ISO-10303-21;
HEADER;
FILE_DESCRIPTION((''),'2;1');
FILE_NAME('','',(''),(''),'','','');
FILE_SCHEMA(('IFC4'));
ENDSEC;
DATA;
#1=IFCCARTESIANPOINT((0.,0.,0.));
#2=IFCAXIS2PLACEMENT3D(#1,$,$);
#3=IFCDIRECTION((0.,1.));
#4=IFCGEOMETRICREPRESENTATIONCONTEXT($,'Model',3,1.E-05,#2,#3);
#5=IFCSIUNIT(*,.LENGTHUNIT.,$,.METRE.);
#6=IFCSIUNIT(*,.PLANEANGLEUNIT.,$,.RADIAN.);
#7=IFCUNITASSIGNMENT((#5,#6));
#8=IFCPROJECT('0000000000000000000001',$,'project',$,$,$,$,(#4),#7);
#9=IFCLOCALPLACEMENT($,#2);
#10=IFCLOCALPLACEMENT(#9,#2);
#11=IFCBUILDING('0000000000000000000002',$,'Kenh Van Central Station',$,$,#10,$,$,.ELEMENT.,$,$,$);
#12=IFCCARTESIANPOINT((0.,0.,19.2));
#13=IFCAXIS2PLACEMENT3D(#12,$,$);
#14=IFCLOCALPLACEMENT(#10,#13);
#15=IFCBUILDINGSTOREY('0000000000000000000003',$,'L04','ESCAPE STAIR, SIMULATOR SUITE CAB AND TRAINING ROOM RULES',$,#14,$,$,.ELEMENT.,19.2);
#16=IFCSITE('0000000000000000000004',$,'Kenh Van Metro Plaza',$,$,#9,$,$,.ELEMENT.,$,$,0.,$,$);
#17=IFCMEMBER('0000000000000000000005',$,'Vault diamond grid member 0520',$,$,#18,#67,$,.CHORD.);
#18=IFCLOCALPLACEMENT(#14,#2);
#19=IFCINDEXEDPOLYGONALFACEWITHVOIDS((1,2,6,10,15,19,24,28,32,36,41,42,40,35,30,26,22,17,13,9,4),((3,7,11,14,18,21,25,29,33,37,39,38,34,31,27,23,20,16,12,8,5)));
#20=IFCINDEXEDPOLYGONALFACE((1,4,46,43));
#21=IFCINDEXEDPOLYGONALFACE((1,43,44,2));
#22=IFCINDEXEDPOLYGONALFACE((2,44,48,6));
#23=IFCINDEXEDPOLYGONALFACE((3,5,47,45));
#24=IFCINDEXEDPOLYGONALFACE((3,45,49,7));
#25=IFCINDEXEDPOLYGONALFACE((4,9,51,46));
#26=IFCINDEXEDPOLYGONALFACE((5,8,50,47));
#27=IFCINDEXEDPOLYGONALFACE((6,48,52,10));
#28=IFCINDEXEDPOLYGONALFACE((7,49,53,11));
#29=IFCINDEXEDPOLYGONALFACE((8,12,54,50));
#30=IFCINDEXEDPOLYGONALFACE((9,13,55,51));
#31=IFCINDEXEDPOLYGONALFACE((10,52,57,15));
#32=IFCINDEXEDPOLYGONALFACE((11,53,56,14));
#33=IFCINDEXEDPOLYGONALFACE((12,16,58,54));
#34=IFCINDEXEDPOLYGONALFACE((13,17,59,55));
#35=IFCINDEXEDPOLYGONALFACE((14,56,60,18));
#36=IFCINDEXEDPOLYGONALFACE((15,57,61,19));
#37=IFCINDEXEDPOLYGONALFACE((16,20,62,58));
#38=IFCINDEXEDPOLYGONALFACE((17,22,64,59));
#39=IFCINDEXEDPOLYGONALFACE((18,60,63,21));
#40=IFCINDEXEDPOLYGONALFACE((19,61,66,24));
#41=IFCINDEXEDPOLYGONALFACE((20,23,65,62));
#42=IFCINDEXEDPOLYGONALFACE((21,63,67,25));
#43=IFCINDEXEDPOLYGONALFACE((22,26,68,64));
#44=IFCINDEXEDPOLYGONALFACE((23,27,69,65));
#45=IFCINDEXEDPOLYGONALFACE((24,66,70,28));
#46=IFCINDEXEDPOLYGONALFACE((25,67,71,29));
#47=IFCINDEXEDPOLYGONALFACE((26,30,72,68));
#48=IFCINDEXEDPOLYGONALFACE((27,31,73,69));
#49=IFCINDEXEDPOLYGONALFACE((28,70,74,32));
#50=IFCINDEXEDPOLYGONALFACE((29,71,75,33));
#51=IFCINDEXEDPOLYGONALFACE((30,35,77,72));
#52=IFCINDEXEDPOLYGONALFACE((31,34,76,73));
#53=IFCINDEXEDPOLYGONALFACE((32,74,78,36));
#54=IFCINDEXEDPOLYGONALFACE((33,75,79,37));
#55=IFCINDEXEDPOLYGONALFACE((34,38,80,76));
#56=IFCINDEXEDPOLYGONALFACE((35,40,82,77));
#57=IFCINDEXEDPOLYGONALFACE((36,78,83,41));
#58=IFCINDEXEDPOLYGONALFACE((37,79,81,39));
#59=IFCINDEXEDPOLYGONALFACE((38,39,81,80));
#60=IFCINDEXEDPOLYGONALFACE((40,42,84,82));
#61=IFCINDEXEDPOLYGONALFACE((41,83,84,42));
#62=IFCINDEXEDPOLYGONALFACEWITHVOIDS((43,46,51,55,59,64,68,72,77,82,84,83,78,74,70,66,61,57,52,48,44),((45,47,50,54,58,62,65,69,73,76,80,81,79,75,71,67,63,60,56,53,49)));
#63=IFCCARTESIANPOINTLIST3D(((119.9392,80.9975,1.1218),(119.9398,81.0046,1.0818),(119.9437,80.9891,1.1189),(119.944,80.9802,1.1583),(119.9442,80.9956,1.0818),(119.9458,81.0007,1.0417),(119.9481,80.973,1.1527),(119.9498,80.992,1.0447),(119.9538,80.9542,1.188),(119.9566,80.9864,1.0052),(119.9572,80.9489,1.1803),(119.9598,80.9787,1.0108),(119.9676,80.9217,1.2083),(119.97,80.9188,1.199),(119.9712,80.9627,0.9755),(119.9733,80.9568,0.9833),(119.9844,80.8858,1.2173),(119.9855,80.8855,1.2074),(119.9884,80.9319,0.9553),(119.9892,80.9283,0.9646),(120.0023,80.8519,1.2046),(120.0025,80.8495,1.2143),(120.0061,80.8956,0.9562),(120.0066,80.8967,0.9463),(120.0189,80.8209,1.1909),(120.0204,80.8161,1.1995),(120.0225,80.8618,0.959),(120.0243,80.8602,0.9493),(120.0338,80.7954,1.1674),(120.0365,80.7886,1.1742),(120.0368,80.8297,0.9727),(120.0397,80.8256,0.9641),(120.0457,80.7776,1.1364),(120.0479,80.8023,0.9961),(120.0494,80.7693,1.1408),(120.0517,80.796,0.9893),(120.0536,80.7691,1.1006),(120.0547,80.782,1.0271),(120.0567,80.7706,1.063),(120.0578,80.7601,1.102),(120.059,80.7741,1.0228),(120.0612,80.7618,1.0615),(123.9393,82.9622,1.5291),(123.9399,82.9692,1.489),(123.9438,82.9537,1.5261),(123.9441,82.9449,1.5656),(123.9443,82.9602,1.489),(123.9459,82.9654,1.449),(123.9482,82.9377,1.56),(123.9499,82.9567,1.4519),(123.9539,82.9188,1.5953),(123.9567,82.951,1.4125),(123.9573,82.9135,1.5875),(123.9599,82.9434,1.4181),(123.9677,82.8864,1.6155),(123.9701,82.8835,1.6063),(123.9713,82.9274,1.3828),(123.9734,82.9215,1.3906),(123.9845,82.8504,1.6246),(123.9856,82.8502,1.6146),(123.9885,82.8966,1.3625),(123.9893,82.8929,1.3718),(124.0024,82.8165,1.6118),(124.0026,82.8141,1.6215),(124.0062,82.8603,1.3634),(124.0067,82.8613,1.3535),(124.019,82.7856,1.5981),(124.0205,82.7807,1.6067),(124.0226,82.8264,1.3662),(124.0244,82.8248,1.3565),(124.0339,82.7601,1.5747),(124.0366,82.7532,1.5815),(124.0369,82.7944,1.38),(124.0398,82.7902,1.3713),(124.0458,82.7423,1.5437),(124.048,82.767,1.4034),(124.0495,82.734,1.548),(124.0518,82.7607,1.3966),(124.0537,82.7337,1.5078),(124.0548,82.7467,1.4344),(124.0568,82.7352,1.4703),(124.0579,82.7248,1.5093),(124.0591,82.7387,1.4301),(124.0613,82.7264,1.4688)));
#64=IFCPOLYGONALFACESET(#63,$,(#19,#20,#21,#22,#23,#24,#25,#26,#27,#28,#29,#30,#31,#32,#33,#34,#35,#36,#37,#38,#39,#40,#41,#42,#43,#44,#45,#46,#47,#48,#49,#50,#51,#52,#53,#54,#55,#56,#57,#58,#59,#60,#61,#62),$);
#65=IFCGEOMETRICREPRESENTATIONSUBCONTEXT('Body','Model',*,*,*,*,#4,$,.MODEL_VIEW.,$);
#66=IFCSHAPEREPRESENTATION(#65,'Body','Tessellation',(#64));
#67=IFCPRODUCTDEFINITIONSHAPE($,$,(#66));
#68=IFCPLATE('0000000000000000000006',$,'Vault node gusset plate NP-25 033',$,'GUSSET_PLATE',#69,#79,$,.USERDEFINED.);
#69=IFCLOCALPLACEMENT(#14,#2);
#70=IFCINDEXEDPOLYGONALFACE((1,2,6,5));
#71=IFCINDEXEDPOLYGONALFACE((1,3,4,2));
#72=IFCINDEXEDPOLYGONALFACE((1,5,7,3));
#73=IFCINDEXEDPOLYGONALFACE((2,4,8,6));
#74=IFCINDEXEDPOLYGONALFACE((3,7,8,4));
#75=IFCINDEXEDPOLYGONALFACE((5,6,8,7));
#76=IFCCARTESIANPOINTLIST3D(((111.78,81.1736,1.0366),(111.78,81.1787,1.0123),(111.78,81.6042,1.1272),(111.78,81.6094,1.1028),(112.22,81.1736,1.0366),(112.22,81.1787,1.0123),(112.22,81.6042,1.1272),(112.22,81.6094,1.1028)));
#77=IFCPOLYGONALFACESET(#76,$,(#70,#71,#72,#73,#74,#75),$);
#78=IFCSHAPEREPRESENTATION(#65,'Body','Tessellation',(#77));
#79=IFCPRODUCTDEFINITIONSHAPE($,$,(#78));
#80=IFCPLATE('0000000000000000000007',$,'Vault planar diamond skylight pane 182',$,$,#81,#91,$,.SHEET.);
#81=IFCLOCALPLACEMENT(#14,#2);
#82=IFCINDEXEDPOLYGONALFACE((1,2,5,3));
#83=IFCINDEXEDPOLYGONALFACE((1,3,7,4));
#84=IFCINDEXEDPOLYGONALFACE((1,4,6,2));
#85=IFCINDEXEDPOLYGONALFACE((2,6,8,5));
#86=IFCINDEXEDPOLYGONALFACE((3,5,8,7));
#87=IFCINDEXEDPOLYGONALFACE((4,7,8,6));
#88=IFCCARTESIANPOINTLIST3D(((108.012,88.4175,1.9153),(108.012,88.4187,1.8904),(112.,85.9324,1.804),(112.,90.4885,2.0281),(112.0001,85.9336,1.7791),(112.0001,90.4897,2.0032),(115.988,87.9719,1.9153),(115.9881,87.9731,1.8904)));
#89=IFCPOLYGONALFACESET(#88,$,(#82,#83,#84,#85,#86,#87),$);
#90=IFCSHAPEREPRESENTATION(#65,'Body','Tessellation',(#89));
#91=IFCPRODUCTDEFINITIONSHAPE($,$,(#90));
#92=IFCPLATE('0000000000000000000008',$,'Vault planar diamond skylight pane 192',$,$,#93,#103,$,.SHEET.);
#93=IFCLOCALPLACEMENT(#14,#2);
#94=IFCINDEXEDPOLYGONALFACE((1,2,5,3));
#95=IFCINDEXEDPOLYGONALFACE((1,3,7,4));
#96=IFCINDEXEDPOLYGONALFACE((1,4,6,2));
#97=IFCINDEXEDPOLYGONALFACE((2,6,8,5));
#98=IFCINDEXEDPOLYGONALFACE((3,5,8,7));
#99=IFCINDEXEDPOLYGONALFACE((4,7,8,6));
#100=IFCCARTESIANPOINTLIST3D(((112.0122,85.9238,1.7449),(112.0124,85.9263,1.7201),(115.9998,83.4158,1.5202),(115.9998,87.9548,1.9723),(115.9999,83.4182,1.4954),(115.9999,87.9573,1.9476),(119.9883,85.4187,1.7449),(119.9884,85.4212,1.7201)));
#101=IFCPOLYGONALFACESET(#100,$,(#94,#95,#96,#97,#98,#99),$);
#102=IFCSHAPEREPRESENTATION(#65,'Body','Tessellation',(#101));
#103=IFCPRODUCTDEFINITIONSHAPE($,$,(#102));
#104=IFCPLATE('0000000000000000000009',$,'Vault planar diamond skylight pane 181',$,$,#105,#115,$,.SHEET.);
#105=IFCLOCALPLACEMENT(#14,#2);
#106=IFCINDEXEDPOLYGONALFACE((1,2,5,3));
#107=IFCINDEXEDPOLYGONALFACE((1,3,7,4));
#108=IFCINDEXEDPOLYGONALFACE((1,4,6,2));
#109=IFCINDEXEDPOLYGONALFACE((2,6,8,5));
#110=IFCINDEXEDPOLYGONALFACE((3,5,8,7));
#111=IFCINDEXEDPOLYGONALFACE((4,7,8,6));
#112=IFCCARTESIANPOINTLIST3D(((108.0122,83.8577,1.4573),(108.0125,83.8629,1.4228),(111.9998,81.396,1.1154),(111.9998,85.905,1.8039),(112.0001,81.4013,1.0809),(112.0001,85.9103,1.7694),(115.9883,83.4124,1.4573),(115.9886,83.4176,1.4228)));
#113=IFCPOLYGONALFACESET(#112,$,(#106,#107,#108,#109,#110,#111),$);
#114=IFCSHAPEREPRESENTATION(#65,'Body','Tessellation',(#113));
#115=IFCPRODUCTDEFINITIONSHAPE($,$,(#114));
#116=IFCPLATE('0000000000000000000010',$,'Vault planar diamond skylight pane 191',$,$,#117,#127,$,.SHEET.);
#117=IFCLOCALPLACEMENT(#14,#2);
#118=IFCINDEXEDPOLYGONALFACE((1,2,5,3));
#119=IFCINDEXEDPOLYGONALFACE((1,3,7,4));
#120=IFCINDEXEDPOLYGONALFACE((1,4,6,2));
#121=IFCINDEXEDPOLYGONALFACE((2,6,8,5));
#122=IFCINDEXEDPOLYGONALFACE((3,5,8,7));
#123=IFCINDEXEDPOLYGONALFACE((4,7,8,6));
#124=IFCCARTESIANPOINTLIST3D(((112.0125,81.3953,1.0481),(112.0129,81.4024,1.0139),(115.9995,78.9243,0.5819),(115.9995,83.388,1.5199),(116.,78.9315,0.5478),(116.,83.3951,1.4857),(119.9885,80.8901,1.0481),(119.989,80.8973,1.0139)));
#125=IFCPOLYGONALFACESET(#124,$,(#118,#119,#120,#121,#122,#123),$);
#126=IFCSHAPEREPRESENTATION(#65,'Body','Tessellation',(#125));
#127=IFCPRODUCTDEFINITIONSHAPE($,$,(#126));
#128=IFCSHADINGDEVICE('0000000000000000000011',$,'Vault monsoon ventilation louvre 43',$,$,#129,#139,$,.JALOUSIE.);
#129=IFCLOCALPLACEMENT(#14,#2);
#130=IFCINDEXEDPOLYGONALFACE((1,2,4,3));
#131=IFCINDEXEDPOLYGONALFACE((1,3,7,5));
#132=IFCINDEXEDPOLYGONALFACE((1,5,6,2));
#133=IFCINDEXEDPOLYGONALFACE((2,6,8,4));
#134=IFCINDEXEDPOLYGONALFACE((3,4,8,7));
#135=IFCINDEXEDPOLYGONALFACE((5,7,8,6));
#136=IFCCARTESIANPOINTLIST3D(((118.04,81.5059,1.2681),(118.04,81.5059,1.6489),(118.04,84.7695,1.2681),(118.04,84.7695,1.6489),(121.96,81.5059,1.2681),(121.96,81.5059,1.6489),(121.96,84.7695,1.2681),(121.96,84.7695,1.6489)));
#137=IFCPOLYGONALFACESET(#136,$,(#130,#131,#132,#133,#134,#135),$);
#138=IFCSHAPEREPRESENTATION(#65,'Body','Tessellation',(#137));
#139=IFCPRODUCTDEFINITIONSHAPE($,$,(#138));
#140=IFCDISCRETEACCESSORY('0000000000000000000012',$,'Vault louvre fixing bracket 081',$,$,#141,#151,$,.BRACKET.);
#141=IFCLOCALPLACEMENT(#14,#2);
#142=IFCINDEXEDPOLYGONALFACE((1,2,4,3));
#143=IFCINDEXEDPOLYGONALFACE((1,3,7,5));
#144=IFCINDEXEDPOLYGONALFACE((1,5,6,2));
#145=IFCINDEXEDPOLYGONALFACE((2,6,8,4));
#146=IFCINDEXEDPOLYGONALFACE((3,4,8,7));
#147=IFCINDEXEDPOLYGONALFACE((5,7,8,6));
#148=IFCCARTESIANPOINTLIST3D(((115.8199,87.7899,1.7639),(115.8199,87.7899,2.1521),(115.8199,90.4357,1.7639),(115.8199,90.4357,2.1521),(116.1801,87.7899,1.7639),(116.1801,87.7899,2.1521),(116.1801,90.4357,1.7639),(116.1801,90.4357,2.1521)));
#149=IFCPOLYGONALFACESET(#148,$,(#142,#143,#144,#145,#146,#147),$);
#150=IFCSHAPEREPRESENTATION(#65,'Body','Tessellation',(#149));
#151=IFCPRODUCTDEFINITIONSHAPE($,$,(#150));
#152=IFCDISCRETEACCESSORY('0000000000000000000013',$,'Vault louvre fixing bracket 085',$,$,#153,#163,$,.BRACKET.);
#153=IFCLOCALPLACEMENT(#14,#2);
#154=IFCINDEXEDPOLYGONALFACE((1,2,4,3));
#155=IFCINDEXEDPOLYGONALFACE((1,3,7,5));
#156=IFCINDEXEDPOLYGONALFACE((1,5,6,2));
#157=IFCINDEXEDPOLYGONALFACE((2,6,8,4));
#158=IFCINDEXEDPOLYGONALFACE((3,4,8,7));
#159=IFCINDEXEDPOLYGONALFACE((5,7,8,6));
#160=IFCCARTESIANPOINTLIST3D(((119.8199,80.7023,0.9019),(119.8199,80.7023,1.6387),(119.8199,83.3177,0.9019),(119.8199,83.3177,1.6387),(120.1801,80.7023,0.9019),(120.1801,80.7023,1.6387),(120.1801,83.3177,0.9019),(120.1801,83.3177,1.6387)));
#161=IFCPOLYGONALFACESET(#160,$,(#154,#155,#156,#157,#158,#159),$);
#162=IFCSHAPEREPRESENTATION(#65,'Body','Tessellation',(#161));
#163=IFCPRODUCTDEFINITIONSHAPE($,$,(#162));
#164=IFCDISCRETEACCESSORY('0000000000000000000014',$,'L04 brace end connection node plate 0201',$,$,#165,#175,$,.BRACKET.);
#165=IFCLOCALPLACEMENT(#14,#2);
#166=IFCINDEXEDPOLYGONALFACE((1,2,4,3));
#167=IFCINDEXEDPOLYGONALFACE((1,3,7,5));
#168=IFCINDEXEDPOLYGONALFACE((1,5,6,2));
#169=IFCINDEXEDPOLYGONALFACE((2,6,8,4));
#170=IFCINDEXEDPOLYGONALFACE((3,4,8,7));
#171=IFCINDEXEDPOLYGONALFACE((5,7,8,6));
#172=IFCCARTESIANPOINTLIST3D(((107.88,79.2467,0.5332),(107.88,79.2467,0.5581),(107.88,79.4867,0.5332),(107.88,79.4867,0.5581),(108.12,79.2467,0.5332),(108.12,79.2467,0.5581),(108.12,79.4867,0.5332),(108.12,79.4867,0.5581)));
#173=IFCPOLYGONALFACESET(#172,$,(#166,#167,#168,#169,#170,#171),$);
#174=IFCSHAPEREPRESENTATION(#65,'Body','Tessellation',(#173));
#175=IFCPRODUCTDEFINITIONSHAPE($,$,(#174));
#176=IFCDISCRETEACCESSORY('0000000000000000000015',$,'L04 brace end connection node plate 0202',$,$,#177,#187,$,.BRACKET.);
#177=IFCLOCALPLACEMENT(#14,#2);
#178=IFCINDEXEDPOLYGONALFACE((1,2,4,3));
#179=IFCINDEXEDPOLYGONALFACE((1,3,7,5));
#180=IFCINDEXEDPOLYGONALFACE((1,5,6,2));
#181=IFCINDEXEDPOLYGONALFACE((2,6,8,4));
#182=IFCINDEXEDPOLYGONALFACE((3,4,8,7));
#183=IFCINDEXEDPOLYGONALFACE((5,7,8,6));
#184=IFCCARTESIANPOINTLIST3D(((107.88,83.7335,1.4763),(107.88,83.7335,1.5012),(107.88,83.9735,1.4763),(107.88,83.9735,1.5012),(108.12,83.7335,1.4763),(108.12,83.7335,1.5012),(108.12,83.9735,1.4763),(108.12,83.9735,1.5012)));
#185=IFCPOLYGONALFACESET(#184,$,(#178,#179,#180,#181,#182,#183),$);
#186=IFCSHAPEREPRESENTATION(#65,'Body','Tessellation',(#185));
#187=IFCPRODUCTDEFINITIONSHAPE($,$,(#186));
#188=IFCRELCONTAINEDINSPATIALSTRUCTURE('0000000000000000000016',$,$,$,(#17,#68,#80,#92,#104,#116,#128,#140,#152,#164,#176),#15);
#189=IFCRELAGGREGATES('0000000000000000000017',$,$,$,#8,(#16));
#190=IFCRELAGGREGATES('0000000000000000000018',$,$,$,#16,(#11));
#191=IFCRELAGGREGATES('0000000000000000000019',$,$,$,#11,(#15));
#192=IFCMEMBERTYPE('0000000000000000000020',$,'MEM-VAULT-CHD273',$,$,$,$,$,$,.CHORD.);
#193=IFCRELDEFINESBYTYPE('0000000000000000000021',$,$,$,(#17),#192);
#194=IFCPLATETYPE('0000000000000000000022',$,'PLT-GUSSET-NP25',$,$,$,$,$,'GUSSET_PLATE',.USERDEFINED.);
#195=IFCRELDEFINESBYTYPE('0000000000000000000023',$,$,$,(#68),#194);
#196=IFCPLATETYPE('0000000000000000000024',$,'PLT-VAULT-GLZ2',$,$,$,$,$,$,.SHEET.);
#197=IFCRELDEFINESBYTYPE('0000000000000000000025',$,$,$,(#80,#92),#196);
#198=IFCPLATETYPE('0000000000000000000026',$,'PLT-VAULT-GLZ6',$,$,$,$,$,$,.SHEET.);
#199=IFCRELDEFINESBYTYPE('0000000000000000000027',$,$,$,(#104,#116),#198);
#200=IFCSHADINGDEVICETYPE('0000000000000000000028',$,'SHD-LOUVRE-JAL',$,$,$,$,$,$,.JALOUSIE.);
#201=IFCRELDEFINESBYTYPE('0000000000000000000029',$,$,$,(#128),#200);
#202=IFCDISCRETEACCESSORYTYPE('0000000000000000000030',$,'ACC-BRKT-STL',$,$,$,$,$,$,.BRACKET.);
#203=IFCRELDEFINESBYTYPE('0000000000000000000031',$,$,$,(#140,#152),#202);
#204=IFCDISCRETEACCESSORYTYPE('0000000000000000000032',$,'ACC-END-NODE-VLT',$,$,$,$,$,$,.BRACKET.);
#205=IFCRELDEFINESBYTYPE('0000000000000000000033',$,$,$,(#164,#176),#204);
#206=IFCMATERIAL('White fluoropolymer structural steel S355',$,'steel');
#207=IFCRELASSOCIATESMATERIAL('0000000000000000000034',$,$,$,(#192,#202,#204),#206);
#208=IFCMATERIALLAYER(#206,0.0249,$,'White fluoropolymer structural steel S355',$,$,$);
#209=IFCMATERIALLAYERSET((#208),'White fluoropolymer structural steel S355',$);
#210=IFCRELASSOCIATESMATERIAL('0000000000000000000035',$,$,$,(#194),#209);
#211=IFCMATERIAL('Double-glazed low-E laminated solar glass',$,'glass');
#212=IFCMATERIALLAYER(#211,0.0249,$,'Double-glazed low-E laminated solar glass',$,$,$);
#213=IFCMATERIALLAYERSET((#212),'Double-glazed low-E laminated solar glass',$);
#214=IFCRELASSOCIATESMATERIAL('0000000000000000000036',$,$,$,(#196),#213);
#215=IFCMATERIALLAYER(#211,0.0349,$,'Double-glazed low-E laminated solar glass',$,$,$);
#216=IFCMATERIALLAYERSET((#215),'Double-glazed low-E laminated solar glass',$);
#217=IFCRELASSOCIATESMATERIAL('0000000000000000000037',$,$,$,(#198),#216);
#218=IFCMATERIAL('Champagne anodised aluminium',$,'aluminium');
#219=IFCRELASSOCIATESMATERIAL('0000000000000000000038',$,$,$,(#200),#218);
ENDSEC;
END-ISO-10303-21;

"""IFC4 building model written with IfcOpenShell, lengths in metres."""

from ifc_helpers import new_model, si_unit, direction, frame, origin, origin_2d, place, context, subcontext, project, spatial, polyline, rectangle, hollow_circle, outline, extrude, material, layer, layer_set, material_profile, profile_set, type_object, element, save


model = new_model("IFC4")

# Units and contexts
model_context = context("Model", 3, precision=1e-05, world=origin(), true_north=direction((0.0, 1.0)))
body_context = subcontext(model_context, "Body", "Model", "MODEL_VIEW")
ifc_project = project(units=[si_unit("LENGTHUNIT", "METRE"), si_unit("PLANEANGLEUNIT", "RADIAN")], contexts=[model_context])

# Site, building, storey
site_placement = place(None, origin())
site = spatial("IfcSite", under=ifc_project, at=site_placement, Name="Kenh Van Metro Plaza", CompositionType="ELEMENT", RefElevation=0.0)
building_placement = place(site_placement, origin())
building = spatial("IfcBuilding", under=site, at=building_placement, Name="Kenh Van Central Station", CompositionType="ELEMENT")
storey_placement = place(building_placement, frame((0.0, 0.0, 19.2)))
storey = spatial("IfcBuildingStorey", under=building, at=storey_placement, Name="L04", Description="ESCAPE STAIR, SIMULATOR SUITE CAB AND TRAINING ROOM RULES", CompositionType="ELEMENT", Elevation=19.2)

# Shared definitions
ifc_material_1 = material(Name="White fluoropolymer structural steel S355", Category="steel")

# Member
ifc_material_profile_1 = material_profile(ifc_material_1, hollow_circle(Radius=0.1365, WallThickness=0.01, at=origin_2d()), Name="CHS 273x10")
ifc_profile_set_1 = profile_set([ifc_material_profile_1], Name="White fluoropolymer structural steel S355")
member_type_1 = type_object("IfcMemberType", Name="MEM-VAULT-CHD273", PredefinedType="CHORD", material=ifc_profile_set_1)
member_1_placement = place(storey_placement, frame((120.0, 80.8821, 1.0818), z_axis=(0.893858, 0.439018, 0.091001), x_axis=(-0.440847, 0.897582, 0.0)))
element("IfcMember", 1, at=member_1_placement, inside=storey, type_object=member_type_1, Name="Vault diamond grid member 0520", PredefinedType="CHORD", context=body_context, shape_type="SweptSolid", body=[
    extrude(hollow_circle(Radius=0.1365, WallThickness=0.01, at=origin_2d()), origin(), (0.0, 0.0, 1.0), 4.4751),
])

# Plates
ifc_layer_1 = layer(ifc_material_1, 0.0249, Name="White fluoropolymer structural steel S355")
ifc_layer_set_1 = layer_set([ifc_layer_1], Name="White fluoropolymer structural steel S355")
plate_type_1 = type_object("IfcPlateType", Name="PLT-GUSSET-NP25", ElementType="GUSSET_PLATE", PredefinedType="USERDEFINED", material=ifc_layer_set_1)
plate_1_placement = place(storey_placement, frame((111.78, 81.1736, 1.0366), z_axis=(0.0, -0.205815, 0.978591), x_axis=(1.0, 0.0, 0.0)))
element("IfcPlate", 2, at=plate_1_placement, inside=storey, type_object=plate_type_1, Name="Vault node gusset plate NP-25 033", ObjectType="GUSSET_PLATE", PredefinedType="USERDEFINED", context=body_context, shape_type="SweptSolid", body=[
    extrude(outline(polyline([(0.0, 0.0), (0.4399, 0.0), (0.4399, 0.4401), (0.0, 0.4401), (0.0, 0.0)])), origin(), (0.0, 0.0, -1.0), 0.0249),
])
ifc_material_2 = material(Name="Double-glazed low-E laminated solar glass", Category="glass")
ifc_layer_2 = layer(ifc_material_2, 0.0249, Name="Double-glazed low-E laminated solar glass")
ifc_layer_set_2 = layer_set([ifc_layer_2], Name="Double-glazed low-E laminated solar glass")
plate_type_2 = type_object("IfcPlateType", Name="PLT-VAULT-GLZ2", PredefinedType="SHEET", material=ifc_layer_set_2)
plate_2_placement = place(storey_placement, frame((108.012, 88.4175, 1.9153), z_axis=(-0.002745, -0.049131, 0.998789), x_axis=(0.848469, -0.528716, -0.023676)))
element("IfcPlate", 3, at=plate_2_placement, inside=storey, type_object=plate_type_2, Name="Vault planar diamond skylight pane 182", PredefinedType="SHEET", context=body_context, shape_type="SweptSolid", body=[
    extrude(outline(polyline([(0.0, 0.0), (4.7003, 0.0), (7.003, 3.8437), (2.2861, 3.8704), (0.0, 0.0)])), origin(), (0.0, 0.0, -1.0), 0.0249),
])
plate_3_placement = place(storey_placement, frame((112.0122, 85.9238, 1.7449), z_axis=(-0.006277, -0.09912, 0.995056), x_axis=(0.845521, -0.531813, -0.047641)))
element("IfcPlate", 4, at=plate_3_placement, inside=storey, type_object=plate_type_2, Name="Vault planar diamond skylight pane 192", PredefinedType="SHEET", context=body_context, shape_type="SweptSolid", body=[
    extrude(outline(polyline([(0.0, 0.0), (4.7161, 0.0), (7.0126, 3.8336), (2.2806, 3.8569), (0.0, 0.0)])), origin(), (0.0, 0.0, -1.0), 0.0249),
])
ifc_layer_3 = layer(ifc_material_2, 0.0349, Name="Double-glazed low-E laminated solar glass")
ifc_layer_set_3 = layer_set([ifc_layer_3], Name="Double-glazed low-E laminated solar glass")
plate_type_3 = type_object("IfcPlateType", Name="PLT-VAULT-GLZ6", PredefinedType="SHEET", material=ifc_layer_set_3)
plate_4_placement = place(storey_placement, frame((108.0122, 83.8577, 1.4573), z_axis=(-0.008427, -0.150934, 0.988508), x_axis=(0.848661, -0.523909, -0.07276)))
element("IfcPlate", 5, at=plate_4_placement, inside=storey, type_object=plate_type_3, Name="Vault planar diamond skylight pane 181", PredefinedType="SHEET", context=body_context, shape_type="SweptSolid", body=[
    extrude(outline(polyline([(0.0, 0.0), (4.6986, 0.0), (7.0023, 3.845), (2.2862, 3.8711), (0.0, 0.0)])), origin(), (0.0, 0.0, -1.0), 0.0349),
])
plate_5_placement = place(storey_placement, frame((112.0125, 81.3953, 1.0481), z_axis=(-0.013023, -0.205632, 0.978543), x_axis=(0.845836, -0.524195, -0.098898)))
element("IfcPlate", 6, at=plate_5_placement, inside=storey, type_object=plate_type_3, Name="Vault planar diamond skylight pane 191", PredefinedType="SHEET", context=body_context, shape_type="SweptSolid", body=[
    extrude(outline(polyline([(0.0, 0.0), (4.7138, 0.0), (7.0112, 3.8361), (2.2812, 3.8583), (0.0, 0.0)])), origin(), (0.0, 0.0, -1.0), 0.0349),
])

# Shading device
ifc_material_3 = material(Name="Champagne anodised aluminium", Category="aluminium")
shading_device_type = type_object("IfcShadingDeviceType", Name="SHD-LOUVRE-JAL", PredefinedType="JALOUSIE", material=ifc_material_3)
shading_device_placement = place(storey_placement, frame((120.0, 83.1377, 1.2681), z_axis=(0.0, 0.0, 1.0), x_axis=(1.0, 0.0, 0.0)))
element("IfcShadingDevice", 7, at=shading_device_placement, inside=storey, type_object=shading_device_type, Name="Vault monsoon ventilation louvre 43", PredefinedType="JALOUSIE", context=body_context, shape_type="SweptSolid", body=[
    extrude(rectangle(XDim=3.9199, YDim=3.2637, at=origin_2d()), origin(), (0.0, 0.0, 1.0), 0.3809),
])

# Discrete accessories
discrete_accessory_type_1 = type_object("IfcDiscreteAccessoryType", Name="ACC-BRKT-STL", PredefinedType="BRACKET", material=ifc_material_1)
discrete_accessory_1_placement = place(storey_placement, frame((116.0, 89.1128, 1.7639), z_axis=(0.0, 0.0, 1.0), x_axis=(1.0, 0.0, 0.0)))
element("IfcDiscreteAccessory", 8, at=discrete_accessory_1_placement, inside=storey, type_object=discrete_accessory_type_1, Name="Vault louvre fixing bracket 081", PredefinedType="BRACKET", context=body_context, shape_type="SweptSolid", body=[
    extrude(rectangle(XDim=0.3601, YDim=2.6458, at=origin_2d()), origin(), (0.0, 0.0, 1.0), 0.3882),
])
discrete_accessory_2_placement = place(storey_placement, frame((120.0, 82.01, 0.9019), z_axis=(0.0, 0.0, 1.0), x_axis=(1.0, 0.0, 0.0)))
element("IfcDiscreteAccessory", 9, at=discrete_accessory_2_placement, inside=storey, type_object=discrete_accessory_type_1, Name="Vault louvre fixing bracket 085", PredefinedType="BRACKET", context=body_context, shape_type="SweptSolid", body=[
    extrude(rectangle(XDim=0.3601, YDim=2.6155, at=origin_2d()), origin(), (0.0, 0.0, 1.0), 0.7368),
])
discrete_accessory_type_2 = type_object("IfcDiscreteAccessoryType", Name="ACC-END-NODE-VLT", PredefinedType="BRACKET", material=ifc_material_1)
for number, where, z_axis, x_axis, name in (
    (10, (108.0, 79.3667, 0.5332), (0.0, 0.0, 1.0), (1.0, 0.0, 0.0), "L04 brace end connection node plate 0201"),
    (11, (108.0, 83.8535, 1.4763), (0.0, 0.0, 1.0), (1.0, 0.0, 0.0), "L04 brace end connection node plate 0202"),
):
    element("IfcDiscreteAccessory", number, at=place(storey_placement, frame(where, z_axis=z_axis, x_axis=x_axis)), inside=storey, type_object=discrete_accessory_type_2, Name=name, PredefinedType="BRACKET", context=body_context, shape_type="SweptSolid", body=[
        extrude(rectangle(XDim=0.24, YDim=0.24, at=origin_2d()), origin(), (0.0, 0.0, 1.0), 0.0249),
    ])

save(model, "model.ifc")
